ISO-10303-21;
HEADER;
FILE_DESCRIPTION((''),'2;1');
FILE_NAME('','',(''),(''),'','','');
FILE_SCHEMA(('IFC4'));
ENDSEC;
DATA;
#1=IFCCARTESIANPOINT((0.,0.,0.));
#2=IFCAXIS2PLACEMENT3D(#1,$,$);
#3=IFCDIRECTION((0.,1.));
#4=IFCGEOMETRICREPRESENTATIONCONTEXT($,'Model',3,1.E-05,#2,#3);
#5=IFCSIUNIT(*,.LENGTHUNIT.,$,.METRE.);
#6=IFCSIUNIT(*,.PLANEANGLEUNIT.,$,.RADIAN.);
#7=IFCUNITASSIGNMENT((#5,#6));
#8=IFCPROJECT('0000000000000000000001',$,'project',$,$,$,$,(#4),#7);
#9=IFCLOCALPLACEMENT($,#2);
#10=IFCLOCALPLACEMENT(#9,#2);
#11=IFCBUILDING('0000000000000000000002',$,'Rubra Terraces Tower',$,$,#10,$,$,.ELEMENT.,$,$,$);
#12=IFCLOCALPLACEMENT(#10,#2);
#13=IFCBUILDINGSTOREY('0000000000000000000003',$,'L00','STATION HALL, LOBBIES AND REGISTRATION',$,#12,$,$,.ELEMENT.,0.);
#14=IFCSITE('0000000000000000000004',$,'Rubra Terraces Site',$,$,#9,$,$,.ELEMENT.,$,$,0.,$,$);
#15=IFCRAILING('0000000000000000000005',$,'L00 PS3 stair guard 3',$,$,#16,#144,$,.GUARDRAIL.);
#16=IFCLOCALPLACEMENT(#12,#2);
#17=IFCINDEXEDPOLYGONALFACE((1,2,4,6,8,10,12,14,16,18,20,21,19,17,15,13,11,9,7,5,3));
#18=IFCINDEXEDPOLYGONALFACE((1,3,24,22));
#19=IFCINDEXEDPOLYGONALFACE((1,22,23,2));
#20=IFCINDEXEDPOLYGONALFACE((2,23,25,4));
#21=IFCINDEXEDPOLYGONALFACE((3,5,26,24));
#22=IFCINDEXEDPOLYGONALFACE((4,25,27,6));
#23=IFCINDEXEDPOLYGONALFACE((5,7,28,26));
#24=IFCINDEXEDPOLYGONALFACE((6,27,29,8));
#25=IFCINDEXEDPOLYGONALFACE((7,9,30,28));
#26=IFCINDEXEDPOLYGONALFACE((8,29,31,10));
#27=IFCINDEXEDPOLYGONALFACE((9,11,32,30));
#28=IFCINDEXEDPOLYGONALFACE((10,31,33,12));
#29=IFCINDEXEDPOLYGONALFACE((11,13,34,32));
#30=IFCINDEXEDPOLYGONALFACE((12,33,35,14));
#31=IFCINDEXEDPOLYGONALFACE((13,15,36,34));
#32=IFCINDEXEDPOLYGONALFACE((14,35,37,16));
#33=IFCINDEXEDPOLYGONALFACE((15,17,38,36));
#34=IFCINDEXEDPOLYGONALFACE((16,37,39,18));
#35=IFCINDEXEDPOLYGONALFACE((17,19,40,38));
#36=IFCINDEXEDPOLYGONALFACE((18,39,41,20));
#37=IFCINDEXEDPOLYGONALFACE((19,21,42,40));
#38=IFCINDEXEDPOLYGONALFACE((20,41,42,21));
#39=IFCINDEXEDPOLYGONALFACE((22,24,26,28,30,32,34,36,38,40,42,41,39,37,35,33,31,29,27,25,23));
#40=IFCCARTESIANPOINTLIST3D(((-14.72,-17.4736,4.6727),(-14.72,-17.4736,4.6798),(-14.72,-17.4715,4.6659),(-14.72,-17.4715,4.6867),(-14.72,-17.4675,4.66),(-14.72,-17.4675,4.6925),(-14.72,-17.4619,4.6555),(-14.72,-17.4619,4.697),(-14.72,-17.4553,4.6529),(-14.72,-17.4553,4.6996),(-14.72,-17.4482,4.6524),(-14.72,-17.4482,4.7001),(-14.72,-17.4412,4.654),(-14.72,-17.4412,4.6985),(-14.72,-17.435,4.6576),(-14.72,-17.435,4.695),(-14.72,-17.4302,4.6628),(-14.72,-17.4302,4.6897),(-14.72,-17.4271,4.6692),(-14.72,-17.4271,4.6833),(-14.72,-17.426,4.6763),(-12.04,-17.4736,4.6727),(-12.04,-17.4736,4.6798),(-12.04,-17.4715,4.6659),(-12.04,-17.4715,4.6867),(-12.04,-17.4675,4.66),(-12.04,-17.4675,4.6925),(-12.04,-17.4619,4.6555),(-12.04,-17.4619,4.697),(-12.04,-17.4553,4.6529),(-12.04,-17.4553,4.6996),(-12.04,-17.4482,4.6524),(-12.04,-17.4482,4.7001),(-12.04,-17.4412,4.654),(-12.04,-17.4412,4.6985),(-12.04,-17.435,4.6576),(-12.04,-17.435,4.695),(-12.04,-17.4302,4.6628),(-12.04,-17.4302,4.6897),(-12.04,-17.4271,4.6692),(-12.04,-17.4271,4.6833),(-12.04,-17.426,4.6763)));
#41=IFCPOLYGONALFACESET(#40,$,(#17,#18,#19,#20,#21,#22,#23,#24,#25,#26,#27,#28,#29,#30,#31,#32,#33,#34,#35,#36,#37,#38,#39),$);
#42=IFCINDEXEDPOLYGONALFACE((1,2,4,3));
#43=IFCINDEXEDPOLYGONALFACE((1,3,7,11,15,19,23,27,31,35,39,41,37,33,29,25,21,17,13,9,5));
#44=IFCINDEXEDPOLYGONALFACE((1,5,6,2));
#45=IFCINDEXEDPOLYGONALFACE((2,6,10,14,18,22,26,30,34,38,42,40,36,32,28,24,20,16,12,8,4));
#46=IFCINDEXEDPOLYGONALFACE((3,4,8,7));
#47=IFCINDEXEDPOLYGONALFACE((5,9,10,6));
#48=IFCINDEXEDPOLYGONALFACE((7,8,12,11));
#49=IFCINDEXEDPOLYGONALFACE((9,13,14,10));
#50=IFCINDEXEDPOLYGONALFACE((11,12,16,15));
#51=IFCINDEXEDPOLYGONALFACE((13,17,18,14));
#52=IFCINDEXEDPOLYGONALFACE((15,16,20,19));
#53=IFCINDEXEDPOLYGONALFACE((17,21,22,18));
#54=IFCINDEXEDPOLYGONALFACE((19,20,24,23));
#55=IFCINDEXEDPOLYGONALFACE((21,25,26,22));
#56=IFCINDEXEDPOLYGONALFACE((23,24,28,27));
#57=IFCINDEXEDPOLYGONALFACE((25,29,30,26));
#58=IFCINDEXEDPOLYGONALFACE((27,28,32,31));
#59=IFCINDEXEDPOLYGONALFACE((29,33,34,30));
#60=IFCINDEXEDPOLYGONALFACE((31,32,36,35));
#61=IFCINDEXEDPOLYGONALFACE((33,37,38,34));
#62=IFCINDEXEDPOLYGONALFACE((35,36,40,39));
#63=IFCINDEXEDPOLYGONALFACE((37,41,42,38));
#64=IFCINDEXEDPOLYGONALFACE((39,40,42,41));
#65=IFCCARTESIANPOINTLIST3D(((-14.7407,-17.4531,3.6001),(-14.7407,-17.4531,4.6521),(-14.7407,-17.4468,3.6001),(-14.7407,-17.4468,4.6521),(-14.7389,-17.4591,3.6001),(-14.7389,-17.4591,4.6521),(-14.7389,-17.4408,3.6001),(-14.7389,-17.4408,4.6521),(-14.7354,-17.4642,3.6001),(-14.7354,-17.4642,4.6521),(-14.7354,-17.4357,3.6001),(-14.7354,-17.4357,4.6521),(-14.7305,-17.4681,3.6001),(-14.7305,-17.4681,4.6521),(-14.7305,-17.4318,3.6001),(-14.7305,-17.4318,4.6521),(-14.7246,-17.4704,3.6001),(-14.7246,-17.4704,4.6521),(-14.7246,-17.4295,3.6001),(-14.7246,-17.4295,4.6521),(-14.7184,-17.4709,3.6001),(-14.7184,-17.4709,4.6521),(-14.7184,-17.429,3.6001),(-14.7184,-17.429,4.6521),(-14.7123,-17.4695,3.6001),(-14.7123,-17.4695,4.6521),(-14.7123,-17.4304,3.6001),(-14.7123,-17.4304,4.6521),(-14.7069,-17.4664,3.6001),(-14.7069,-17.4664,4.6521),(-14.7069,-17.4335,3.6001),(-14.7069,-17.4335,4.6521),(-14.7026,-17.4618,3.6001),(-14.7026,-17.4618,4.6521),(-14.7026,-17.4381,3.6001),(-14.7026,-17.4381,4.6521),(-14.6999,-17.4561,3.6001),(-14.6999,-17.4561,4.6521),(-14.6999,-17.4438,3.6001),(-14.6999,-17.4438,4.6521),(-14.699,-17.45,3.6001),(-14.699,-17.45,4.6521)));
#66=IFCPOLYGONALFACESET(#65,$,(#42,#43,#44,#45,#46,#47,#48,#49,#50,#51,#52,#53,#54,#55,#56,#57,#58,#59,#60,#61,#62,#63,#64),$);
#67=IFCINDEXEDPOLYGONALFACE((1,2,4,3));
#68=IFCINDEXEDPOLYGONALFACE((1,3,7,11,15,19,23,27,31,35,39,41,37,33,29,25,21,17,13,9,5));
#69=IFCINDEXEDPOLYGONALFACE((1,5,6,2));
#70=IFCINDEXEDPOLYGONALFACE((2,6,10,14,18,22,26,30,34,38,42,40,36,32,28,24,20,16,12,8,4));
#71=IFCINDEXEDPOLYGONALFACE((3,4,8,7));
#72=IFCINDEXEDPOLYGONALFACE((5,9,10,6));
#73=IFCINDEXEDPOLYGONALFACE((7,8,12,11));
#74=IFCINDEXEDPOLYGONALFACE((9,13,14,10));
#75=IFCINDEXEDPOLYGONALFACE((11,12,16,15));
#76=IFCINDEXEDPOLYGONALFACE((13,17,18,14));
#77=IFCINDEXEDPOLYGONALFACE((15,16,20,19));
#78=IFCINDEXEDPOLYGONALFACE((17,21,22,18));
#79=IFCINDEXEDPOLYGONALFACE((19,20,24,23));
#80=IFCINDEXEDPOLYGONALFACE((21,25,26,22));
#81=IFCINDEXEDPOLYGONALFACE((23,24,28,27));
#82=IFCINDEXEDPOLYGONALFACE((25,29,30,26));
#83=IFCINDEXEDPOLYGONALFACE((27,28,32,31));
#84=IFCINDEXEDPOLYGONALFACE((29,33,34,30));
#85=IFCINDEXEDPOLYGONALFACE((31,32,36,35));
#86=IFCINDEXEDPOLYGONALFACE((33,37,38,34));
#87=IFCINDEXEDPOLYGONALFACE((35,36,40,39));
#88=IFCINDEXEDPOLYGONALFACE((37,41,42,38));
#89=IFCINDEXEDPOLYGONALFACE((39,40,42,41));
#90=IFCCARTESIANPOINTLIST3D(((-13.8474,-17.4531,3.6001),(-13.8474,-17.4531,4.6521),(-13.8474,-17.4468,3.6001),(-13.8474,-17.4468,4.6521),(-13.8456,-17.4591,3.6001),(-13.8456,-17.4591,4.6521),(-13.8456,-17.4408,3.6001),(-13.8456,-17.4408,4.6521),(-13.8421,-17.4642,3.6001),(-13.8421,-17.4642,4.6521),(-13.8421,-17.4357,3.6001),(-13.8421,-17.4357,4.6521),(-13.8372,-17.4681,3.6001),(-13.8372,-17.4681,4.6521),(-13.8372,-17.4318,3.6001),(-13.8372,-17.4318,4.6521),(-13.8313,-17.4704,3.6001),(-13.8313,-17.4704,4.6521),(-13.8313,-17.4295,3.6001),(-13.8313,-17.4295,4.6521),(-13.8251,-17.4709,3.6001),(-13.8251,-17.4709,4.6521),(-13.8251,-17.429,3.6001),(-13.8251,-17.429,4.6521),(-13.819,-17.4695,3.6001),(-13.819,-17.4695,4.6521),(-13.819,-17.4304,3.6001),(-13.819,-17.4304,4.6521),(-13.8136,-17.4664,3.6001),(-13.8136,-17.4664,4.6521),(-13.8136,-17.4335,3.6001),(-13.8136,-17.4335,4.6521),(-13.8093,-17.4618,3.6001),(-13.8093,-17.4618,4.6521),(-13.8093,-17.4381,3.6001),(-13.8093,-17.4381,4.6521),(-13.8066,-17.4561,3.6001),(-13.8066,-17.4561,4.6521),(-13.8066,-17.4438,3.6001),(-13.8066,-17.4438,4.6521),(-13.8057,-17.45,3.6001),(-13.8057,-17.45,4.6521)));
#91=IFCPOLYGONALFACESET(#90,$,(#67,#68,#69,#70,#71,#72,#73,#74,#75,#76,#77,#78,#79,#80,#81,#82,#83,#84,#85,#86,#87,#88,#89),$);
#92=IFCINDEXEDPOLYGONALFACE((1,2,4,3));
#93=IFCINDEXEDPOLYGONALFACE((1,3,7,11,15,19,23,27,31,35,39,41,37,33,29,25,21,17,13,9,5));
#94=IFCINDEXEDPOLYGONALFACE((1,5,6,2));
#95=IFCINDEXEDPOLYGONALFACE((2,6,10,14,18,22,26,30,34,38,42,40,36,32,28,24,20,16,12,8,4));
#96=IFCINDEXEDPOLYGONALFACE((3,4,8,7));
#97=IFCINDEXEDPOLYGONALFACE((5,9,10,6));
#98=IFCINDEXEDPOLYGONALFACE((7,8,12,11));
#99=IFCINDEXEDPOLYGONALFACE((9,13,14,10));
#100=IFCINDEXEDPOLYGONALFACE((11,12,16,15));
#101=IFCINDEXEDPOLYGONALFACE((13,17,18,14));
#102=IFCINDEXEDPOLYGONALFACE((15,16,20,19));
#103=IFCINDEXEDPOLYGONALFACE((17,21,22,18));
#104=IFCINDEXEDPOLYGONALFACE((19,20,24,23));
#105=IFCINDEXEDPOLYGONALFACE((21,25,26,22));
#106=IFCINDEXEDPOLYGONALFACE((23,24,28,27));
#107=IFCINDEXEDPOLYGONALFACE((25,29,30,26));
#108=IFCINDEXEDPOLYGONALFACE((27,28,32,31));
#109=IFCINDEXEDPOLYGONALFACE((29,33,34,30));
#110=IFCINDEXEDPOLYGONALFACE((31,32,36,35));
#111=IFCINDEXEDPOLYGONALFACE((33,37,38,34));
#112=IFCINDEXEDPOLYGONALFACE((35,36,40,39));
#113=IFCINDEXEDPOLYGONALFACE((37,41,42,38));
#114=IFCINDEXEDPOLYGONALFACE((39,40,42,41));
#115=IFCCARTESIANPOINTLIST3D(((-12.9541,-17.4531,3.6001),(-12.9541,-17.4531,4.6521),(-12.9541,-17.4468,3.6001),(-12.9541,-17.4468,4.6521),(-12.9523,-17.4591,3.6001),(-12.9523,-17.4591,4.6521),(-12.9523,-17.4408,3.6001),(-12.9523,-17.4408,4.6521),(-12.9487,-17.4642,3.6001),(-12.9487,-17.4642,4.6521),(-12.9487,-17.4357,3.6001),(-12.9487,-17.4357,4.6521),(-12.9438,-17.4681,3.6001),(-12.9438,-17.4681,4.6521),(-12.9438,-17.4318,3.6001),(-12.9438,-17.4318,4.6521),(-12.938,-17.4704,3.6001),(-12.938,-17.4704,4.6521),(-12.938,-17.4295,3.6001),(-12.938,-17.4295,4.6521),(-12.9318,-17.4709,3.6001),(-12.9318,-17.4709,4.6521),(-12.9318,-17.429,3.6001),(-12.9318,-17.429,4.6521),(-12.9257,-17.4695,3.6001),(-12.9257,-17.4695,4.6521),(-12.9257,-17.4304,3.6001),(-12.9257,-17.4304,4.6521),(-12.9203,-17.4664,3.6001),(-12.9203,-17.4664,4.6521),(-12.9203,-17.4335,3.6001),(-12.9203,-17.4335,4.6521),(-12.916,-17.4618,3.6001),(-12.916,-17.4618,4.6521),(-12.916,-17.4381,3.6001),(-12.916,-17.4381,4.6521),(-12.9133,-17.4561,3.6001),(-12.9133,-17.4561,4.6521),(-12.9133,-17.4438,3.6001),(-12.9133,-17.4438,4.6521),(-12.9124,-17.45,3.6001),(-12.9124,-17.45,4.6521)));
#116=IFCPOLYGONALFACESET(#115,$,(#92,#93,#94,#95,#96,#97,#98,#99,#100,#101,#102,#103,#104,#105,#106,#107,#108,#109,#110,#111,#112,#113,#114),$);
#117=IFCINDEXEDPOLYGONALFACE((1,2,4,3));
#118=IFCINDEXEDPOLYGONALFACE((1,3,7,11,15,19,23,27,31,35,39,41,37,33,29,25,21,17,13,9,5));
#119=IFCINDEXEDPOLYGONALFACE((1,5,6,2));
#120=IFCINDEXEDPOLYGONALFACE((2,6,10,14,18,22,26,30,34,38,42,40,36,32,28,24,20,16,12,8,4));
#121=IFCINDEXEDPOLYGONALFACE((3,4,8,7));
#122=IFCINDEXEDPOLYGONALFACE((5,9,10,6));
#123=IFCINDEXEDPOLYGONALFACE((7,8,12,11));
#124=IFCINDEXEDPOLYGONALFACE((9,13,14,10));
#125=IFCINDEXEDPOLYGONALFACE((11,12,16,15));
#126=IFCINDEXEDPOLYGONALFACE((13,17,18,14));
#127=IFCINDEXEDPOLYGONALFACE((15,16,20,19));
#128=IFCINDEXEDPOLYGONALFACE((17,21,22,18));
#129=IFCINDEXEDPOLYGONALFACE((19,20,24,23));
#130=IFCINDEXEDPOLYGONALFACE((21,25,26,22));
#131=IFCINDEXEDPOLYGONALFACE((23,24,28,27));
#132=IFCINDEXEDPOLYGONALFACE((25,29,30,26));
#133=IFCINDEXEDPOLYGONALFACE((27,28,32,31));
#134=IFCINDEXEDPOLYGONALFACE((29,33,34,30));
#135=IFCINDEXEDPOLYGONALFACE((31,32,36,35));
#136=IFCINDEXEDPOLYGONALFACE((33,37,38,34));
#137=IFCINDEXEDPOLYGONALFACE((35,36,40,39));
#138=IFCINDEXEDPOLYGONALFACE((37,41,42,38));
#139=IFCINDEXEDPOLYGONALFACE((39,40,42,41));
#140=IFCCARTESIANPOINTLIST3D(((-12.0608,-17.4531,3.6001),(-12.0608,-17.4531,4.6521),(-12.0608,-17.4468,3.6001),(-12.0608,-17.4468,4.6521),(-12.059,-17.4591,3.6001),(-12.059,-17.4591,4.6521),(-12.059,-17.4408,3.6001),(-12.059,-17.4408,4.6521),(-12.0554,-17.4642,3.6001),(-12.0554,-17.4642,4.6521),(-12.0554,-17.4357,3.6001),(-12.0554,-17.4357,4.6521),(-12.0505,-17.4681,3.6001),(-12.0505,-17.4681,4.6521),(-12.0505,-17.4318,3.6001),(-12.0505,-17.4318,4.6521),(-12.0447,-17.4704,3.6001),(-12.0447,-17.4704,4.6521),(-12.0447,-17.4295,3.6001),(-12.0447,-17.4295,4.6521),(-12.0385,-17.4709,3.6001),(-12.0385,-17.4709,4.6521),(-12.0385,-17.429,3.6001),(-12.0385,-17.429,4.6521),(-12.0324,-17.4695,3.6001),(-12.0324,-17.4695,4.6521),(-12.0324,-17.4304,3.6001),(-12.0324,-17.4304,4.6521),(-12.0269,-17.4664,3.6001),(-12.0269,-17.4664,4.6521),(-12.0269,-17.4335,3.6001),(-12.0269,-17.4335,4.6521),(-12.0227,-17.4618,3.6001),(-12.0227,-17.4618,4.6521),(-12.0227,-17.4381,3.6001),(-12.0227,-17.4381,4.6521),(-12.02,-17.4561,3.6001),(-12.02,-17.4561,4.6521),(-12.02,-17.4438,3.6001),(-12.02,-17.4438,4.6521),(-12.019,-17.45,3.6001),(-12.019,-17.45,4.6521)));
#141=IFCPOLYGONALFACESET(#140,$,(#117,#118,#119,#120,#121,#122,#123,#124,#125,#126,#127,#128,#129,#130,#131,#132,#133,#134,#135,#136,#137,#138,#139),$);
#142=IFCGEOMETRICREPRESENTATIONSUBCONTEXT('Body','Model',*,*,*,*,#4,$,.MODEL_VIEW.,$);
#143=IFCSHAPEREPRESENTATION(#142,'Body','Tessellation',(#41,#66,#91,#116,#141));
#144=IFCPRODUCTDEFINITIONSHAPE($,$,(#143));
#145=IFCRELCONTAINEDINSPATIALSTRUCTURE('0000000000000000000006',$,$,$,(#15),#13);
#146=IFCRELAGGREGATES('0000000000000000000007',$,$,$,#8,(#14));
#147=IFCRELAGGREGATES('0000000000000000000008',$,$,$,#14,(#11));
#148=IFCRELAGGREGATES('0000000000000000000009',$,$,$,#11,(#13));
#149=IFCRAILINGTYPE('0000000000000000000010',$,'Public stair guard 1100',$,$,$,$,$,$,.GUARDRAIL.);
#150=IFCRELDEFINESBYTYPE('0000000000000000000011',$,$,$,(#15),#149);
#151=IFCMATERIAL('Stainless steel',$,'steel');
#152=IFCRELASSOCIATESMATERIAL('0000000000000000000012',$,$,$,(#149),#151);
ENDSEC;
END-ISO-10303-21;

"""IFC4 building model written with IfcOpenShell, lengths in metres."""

from ifc_helpers import new_model, si_unit, direction, frame, origin, origin_2d, place, context, subcontext, project, spatial, circle, extrude, material, type_object, element, save


model = new_model("IFC4")

# Units and contexts
model_context = context("Model", 3, precision=1e-05, world=origin(), true_north=direction((0.0, 1.0)))
body_context = subcontext(model_context, "Body", "Model", "MODEL_VIEW")
ifc_project = project(units=[si_unit("LENGTHUNIT", "METRE"), si_unit("PLANEANGLEUNIT", "RADIAN")], contexts=[model_context])

# Site, building, storey
site_placement = place(None, origin())
site = spatial("IfcSite", under=ifc_project, at=site_placement, Name="Rubra Terraces Site", CompositionType="ELEMENT", RefElevation=0.0)
building_placement = place(site_placement, origin())
building = spatial("IfcBuilding", under=site, at=building_placement, Name="Rubra Terraces Tower", CompositionType="ELEMENT")
storey_placement = place(building_placement, origin())
storey = spatial("IfcBuildingStorey", under=building, at=storey_placement, Name="L00", Description="STATION HALL, LOBBIES AND REGISTRATION", CompositionType="ELEMENT", Elevation=0.0)

# Railing
ifc_material_1 = material(Name="Stainless steel", Category="steel")
railing_type_1 = type_object("IfcRailingType", Name="Public stair guard 1100", PredefinedType="GUARDRAIL", material=ifc_material_1)
for number, where, name in (
    (1, (-14.72, -17.45, 3.6001), "L00 PS3 stair guard 3"),
):
    element("IfcRailing", number, at=place(storey_placement, frame(where)), inside=storey, type_object=railing_type_1, Name=name, PredefinedType="GUARDRAIL", context=body_context, shape_type="SweptSolid", body=[
        extrude(circle(Radius=0.0239, at=origin_2d()), frame((0.0, 0.0, 1.0762), z_axis=(1.0, 0.0, 0.0), x_axis=(0.0, 1.0, 0.0)), (0.0, 0.0, 1.0), 2.6799),
        extrude(circle(Radius=0.021, at=origin_2d()), origin(), (0.0, 0.0, 1.0), 1.052),
        extrude(circle(Radius=0.021, at=origin_2d()), frame((0.8933, 0.0, 0.0)), (0.0, 0.0, 1.0), 1.052),
        extrude(circle(Radius=0.021, at=origin_2d()), frame((1.7866, 0.0, 0.0)), (0.0, 0.0, 1.0), 1.052),
        extrude(circle(Radius=0.021, at=origin_2d()), frame((2.6799, 0.0, 0.0)), (0.0, 0.0, 1.0), 1.052),
    ])

save(model, "model.ifc")
